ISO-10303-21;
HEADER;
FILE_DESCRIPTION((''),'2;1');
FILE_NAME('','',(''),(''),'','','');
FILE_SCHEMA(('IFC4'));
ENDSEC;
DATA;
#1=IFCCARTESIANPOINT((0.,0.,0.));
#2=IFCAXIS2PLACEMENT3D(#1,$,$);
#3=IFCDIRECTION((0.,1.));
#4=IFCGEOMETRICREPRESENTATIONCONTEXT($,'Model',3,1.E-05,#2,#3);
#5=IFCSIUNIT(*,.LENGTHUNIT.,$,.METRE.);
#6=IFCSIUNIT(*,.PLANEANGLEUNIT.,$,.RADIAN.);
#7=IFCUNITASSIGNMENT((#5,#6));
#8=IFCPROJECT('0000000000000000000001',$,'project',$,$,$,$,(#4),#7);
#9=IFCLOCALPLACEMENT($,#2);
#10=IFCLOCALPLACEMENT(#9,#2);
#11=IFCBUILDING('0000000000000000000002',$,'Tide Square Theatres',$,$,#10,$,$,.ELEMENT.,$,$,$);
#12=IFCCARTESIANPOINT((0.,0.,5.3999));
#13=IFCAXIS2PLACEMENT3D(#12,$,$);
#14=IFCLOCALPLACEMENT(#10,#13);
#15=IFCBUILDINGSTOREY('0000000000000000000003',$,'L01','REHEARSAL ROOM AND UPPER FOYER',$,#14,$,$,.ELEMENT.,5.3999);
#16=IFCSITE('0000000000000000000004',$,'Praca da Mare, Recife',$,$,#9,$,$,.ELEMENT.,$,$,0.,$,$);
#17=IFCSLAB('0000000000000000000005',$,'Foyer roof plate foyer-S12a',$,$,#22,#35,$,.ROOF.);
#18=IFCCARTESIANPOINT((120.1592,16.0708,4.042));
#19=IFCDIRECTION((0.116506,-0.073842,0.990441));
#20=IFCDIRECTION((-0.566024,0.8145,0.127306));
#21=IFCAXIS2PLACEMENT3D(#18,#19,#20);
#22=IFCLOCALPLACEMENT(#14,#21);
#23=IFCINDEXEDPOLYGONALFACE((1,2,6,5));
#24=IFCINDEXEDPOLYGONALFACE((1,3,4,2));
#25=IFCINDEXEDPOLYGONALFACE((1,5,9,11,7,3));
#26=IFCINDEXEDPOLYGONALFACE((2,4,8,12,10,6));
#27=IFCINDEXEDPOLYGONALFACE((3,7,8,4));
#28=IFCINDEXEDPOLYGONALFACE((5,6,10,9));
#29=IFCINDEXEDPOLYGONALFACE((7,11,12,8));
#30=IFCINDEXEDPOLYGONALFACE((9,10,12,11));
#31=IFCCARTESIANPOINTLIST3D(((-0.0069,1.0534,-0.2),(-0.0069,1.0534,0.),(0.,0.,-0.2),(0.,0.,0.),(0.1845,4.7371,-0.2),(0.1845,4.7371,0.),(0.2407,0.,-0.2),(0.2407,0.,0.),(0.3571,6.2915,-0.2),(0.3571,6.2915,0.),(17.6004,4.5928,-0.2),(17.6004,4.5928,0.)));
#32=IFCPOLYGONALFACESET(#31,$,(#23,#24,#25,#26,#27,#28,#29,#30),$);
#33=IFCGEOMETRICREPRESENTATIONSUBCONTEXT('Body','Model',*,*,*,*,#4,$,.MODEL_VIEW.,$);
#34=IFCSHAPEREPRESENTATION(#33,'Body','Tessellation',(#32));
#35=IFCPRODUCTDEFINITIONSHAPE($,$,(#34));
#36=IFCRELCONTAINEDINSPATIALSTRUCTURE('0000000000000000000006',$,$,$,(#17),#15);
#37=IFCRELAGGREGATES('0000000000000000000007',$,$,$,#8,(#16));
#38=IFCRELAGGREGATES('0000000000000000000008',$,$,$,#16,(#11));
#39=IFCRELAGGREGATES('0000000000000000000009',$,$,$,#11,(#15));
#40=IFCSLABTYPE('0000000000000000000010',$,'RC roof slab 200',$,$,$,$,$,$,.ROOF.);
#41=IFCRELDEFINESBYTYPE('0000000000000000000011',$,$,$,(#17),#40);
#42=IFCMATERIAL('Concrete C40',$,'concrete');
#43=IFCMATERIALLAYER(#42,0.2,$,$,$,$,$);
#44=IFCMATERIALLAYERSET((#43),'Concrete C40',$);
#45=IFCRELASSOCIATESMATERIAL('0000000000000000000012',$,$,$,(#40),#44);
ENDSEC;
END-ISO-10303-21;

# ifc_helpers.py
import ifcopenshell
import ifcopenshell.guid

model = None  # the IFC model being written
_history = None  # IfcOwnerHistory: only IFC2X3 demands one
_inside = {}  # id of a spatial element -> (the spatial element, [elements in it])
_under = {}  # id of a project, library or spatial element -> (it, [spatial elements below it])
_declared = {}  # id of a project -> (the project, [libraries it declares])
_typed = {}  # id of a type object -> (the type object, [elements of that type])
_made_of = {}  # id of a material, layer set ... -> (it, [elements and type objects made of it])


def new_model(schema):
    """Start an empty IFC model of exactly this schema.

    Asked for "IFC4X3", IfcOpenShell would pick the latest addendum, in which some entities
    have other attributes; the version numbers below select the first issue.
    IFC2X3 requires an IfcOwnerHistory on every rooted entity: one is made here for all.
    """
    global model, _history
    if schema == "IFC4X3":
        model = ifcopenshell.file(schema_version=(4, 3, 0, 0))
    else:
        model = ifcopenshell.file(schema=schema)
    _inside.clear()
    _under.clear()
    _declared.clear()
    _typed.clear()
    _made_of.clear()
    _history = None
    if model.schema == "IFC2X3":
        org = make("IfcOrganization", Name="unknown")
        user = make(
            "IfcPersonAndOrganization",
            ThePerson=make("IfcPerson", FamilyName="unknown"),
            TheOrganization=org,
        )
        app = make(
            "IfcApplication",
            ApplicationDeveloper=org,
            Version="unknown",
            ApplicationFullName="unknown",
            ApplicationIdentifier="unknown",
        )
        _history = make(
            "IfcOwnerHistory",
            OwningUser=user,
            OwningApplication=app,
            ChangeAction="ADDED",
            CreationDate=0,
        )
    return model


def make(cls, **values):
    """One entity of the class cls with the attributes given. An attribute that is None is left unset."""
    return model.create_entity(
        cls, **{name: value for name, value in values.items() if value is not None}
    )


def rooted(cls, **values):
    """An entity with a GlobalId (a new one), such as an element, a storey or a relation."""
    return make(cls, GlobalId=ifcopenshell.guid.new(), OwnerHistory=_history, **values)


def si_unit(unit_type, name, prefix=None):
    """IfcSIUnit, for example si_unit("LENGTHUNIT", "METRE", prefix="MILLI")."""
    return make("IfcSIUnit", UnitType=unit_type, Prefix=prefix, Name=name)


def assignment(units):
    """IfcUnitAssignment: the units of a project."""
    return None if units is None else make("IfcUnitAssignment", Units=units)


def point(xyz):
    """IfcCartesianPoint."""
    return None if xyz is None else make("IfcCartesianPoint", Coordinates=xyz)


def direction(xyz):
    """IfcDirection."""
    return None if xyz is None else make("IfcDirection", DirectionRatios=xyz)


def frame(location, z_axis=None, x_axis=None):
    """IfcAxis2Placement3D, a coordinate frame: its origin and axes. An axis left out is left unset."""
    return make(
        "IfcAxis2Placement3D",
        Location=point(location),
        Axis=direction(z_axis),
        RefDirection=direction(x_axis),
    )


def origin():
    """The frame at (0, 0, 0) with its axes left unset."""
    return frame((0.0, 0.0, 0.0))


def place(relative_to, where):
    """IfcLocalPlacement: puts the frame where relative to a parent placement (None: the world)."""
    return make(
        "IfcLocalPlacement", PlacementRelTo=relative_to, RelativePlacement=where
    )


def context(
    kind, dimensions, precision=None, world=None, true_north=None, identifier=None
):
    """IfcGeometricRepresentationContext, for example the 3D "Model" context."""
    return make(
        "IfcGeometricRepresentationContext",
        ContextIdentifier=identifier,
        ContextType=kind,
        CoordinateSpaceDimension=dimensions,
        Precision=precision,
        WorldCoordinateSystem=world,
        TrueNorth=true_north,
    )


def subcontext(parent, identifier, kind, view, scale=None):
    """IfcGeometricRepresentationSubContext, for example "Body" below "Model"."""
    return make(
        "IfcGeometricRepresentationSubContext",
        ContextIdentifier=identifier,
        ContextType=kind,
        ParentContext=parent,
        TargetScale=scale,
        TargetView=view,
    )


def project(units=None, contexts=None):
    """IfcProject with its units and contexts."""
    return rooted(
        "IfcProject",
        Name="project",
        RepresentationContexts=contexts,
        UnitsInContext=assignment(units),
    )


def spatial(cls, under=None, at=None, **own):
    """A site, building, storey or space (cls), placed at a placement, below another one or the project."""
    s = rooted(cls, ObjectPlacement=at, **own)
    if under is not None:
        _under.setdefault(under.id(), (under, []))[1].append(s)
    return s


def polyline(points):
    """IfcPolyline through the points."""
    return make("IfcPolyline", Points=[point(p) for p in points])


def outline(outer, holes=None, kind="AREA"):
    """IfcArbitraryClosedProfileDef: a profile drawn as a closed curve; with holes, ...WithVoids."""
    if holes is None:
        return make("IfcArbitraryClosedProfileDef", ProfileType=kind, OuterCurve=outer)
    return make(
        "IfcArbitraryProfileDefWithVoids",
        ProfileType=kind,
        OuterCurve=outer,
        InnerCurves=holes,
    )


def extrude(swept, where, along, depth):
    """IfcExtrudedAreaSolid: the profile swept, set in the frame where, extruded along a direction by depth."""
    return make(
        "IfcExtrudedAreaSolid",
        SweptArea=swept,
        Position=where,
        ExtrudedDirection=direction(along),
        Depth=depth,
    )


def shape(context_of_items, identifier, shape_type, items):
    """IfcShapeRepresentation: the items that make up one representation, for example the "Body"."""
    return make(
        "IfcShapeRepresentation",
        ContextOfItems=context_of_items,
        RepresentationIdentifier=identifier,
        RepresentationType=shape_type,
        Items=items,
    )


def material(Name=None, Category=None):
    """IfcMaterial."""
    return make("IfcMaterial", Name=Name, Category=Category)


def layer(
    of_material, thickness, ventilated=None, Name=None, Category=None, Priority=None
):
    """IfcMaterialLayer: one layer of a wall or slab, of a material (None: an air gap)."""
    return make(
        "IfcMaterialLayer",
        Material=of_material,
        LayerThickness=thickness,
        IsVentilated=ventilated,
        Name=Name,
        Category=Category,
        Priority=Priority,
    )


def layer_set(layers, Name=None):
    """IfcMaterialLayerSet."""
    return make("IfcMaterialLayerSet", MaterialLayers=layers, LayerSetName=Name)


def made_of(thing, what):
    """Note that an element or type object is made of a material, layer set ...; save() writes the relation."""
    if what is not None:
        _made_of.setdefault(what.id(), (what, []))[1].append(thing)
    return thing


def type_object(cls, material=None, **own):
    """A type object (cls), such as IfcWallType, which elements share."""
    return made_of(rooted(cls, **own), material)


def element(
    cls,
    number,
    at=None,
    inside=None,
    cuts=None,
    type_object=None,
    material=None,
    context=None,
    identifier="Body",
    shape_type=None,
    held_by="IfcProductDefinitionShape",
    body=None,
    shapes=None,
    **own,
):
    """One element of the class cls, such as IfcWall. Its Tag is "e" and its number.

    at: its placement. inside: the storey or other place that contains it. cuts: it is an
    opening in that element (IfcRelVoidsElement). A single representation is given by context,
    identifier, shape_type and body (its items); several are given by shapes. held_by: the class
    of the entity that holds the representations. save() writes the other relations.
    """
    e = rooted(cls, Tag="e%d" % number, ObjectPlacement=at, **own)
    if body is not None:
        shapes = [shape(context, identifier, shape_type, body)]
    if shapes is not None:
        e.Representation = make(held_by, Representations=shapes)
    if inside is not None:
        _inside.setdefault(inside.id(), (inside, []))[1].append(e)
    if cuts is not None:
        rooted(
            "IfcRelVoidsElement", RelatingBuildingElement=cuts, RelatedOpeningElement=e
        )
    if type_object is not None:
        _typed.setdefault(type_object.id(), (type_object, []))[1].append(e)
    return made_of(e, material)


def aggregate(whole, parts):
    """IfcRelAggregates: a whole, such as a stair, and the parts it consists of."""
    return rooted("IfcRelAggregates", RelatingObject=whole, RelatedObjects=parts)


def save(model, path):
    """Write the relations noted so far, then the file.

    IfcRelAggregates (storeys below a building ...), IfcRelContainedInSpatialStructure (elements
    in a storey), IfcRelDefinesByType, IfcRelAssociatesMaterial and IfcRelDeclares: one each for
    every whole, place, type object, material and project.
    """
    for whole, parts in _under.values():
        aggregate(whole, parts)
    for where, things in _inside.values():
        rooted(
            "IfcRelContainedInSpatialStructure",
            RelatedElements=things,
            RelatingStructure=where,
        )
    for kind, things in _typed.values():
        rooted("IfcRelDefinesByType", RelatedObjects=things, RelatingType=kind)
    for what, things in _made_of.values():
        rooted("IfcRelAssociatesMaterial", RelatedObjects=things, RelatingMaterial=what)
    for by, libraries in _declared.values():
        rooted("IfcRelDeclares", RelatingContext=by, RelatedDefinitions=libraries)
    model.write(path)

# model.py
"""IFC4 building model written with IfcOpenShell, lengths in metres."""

from ifc_helpers import new_model, si_unit, direction, frame, origin, place, context, subcontext, project, spatial, polyline, outline, extrude, material, layer, layer_set, type_object, element, save


model = new_model("IFC4")

# Units and contexts
model_context = context("Model", 3, precision=1e-05, world=origin(), true_north=direction((0.0, 1.0)))
body_context = subcontext(model_context, "Body", "Model", "MODEL_VIEW")
ifc_project = project(units=[si_unit("LENGTHUNIT", "METRE"), si_unit("PLANEANGLEUNIT", "RADIAN")], contexts=[model_context])

# Site, building, storey
site_placement = place(None, origin())
site = spatial("IfcSite", under=ifc_project, at=site_placement, Name="Praca da Mare, Recife", CompositionType="ELEMENT", RefElevation=0.0)
building_placement = place(site_placement, origin())
building = spatial("IfcBuilding", under=site, at=building_placement, Name="Tide Square Theatres", CompositionType="ELEMENT")
storey_placement = place(building_placement, frame((0.0, 0.0, 5.3999)))
storey = spatial("IfcBuildingStorey", under=building, at=storey_placement, Name="L01", Description="REHEARSAL ROOM AND UPPER FOYER", CompositionType="ELEMENT", Elevation=5.3999)

# Slab
ifc_material_1 = material(Name="Concrete C40", Category="concrete")
ifc_layer_1 = layer(ifc_material_1, 0.2)
ifc_layer_set_1 = layer_set([ifc_layer_1], Name="Concrete C40")
slab_type = type_object("IfcSlabType", Name="RC roof slab 200", PredefinedType="ROOF", material=ifc_layer_set_1)
slab_placement = place(storey_placement, frame((120.1592, 16.0708, 4.042), z_axis=(0.116506, -0.073842, 0.990441), x_axis=(-0.566024, 0.8145, 0.127306)))
element("IfcSlab", 1, at=slab_placement, inside=storey, type_object=slab_type, Name="Foyer roof plate foyer-S12a", PredefinedType="ROOF", context=body_context, shape_type="SweptSolid", body=[
    extrude(outline(polyline([(0.0, 0.0), (0.2407, 0.0), (17.6004, 4.5928), (0.3571, 6.2915), (0.1845, 4.7371), (-0.0069, 1.0534), (0.0, 0.0)])), origin(), (0.0, 0.0, -1.0), 0.2),
])

save(model, "model.ifc")
